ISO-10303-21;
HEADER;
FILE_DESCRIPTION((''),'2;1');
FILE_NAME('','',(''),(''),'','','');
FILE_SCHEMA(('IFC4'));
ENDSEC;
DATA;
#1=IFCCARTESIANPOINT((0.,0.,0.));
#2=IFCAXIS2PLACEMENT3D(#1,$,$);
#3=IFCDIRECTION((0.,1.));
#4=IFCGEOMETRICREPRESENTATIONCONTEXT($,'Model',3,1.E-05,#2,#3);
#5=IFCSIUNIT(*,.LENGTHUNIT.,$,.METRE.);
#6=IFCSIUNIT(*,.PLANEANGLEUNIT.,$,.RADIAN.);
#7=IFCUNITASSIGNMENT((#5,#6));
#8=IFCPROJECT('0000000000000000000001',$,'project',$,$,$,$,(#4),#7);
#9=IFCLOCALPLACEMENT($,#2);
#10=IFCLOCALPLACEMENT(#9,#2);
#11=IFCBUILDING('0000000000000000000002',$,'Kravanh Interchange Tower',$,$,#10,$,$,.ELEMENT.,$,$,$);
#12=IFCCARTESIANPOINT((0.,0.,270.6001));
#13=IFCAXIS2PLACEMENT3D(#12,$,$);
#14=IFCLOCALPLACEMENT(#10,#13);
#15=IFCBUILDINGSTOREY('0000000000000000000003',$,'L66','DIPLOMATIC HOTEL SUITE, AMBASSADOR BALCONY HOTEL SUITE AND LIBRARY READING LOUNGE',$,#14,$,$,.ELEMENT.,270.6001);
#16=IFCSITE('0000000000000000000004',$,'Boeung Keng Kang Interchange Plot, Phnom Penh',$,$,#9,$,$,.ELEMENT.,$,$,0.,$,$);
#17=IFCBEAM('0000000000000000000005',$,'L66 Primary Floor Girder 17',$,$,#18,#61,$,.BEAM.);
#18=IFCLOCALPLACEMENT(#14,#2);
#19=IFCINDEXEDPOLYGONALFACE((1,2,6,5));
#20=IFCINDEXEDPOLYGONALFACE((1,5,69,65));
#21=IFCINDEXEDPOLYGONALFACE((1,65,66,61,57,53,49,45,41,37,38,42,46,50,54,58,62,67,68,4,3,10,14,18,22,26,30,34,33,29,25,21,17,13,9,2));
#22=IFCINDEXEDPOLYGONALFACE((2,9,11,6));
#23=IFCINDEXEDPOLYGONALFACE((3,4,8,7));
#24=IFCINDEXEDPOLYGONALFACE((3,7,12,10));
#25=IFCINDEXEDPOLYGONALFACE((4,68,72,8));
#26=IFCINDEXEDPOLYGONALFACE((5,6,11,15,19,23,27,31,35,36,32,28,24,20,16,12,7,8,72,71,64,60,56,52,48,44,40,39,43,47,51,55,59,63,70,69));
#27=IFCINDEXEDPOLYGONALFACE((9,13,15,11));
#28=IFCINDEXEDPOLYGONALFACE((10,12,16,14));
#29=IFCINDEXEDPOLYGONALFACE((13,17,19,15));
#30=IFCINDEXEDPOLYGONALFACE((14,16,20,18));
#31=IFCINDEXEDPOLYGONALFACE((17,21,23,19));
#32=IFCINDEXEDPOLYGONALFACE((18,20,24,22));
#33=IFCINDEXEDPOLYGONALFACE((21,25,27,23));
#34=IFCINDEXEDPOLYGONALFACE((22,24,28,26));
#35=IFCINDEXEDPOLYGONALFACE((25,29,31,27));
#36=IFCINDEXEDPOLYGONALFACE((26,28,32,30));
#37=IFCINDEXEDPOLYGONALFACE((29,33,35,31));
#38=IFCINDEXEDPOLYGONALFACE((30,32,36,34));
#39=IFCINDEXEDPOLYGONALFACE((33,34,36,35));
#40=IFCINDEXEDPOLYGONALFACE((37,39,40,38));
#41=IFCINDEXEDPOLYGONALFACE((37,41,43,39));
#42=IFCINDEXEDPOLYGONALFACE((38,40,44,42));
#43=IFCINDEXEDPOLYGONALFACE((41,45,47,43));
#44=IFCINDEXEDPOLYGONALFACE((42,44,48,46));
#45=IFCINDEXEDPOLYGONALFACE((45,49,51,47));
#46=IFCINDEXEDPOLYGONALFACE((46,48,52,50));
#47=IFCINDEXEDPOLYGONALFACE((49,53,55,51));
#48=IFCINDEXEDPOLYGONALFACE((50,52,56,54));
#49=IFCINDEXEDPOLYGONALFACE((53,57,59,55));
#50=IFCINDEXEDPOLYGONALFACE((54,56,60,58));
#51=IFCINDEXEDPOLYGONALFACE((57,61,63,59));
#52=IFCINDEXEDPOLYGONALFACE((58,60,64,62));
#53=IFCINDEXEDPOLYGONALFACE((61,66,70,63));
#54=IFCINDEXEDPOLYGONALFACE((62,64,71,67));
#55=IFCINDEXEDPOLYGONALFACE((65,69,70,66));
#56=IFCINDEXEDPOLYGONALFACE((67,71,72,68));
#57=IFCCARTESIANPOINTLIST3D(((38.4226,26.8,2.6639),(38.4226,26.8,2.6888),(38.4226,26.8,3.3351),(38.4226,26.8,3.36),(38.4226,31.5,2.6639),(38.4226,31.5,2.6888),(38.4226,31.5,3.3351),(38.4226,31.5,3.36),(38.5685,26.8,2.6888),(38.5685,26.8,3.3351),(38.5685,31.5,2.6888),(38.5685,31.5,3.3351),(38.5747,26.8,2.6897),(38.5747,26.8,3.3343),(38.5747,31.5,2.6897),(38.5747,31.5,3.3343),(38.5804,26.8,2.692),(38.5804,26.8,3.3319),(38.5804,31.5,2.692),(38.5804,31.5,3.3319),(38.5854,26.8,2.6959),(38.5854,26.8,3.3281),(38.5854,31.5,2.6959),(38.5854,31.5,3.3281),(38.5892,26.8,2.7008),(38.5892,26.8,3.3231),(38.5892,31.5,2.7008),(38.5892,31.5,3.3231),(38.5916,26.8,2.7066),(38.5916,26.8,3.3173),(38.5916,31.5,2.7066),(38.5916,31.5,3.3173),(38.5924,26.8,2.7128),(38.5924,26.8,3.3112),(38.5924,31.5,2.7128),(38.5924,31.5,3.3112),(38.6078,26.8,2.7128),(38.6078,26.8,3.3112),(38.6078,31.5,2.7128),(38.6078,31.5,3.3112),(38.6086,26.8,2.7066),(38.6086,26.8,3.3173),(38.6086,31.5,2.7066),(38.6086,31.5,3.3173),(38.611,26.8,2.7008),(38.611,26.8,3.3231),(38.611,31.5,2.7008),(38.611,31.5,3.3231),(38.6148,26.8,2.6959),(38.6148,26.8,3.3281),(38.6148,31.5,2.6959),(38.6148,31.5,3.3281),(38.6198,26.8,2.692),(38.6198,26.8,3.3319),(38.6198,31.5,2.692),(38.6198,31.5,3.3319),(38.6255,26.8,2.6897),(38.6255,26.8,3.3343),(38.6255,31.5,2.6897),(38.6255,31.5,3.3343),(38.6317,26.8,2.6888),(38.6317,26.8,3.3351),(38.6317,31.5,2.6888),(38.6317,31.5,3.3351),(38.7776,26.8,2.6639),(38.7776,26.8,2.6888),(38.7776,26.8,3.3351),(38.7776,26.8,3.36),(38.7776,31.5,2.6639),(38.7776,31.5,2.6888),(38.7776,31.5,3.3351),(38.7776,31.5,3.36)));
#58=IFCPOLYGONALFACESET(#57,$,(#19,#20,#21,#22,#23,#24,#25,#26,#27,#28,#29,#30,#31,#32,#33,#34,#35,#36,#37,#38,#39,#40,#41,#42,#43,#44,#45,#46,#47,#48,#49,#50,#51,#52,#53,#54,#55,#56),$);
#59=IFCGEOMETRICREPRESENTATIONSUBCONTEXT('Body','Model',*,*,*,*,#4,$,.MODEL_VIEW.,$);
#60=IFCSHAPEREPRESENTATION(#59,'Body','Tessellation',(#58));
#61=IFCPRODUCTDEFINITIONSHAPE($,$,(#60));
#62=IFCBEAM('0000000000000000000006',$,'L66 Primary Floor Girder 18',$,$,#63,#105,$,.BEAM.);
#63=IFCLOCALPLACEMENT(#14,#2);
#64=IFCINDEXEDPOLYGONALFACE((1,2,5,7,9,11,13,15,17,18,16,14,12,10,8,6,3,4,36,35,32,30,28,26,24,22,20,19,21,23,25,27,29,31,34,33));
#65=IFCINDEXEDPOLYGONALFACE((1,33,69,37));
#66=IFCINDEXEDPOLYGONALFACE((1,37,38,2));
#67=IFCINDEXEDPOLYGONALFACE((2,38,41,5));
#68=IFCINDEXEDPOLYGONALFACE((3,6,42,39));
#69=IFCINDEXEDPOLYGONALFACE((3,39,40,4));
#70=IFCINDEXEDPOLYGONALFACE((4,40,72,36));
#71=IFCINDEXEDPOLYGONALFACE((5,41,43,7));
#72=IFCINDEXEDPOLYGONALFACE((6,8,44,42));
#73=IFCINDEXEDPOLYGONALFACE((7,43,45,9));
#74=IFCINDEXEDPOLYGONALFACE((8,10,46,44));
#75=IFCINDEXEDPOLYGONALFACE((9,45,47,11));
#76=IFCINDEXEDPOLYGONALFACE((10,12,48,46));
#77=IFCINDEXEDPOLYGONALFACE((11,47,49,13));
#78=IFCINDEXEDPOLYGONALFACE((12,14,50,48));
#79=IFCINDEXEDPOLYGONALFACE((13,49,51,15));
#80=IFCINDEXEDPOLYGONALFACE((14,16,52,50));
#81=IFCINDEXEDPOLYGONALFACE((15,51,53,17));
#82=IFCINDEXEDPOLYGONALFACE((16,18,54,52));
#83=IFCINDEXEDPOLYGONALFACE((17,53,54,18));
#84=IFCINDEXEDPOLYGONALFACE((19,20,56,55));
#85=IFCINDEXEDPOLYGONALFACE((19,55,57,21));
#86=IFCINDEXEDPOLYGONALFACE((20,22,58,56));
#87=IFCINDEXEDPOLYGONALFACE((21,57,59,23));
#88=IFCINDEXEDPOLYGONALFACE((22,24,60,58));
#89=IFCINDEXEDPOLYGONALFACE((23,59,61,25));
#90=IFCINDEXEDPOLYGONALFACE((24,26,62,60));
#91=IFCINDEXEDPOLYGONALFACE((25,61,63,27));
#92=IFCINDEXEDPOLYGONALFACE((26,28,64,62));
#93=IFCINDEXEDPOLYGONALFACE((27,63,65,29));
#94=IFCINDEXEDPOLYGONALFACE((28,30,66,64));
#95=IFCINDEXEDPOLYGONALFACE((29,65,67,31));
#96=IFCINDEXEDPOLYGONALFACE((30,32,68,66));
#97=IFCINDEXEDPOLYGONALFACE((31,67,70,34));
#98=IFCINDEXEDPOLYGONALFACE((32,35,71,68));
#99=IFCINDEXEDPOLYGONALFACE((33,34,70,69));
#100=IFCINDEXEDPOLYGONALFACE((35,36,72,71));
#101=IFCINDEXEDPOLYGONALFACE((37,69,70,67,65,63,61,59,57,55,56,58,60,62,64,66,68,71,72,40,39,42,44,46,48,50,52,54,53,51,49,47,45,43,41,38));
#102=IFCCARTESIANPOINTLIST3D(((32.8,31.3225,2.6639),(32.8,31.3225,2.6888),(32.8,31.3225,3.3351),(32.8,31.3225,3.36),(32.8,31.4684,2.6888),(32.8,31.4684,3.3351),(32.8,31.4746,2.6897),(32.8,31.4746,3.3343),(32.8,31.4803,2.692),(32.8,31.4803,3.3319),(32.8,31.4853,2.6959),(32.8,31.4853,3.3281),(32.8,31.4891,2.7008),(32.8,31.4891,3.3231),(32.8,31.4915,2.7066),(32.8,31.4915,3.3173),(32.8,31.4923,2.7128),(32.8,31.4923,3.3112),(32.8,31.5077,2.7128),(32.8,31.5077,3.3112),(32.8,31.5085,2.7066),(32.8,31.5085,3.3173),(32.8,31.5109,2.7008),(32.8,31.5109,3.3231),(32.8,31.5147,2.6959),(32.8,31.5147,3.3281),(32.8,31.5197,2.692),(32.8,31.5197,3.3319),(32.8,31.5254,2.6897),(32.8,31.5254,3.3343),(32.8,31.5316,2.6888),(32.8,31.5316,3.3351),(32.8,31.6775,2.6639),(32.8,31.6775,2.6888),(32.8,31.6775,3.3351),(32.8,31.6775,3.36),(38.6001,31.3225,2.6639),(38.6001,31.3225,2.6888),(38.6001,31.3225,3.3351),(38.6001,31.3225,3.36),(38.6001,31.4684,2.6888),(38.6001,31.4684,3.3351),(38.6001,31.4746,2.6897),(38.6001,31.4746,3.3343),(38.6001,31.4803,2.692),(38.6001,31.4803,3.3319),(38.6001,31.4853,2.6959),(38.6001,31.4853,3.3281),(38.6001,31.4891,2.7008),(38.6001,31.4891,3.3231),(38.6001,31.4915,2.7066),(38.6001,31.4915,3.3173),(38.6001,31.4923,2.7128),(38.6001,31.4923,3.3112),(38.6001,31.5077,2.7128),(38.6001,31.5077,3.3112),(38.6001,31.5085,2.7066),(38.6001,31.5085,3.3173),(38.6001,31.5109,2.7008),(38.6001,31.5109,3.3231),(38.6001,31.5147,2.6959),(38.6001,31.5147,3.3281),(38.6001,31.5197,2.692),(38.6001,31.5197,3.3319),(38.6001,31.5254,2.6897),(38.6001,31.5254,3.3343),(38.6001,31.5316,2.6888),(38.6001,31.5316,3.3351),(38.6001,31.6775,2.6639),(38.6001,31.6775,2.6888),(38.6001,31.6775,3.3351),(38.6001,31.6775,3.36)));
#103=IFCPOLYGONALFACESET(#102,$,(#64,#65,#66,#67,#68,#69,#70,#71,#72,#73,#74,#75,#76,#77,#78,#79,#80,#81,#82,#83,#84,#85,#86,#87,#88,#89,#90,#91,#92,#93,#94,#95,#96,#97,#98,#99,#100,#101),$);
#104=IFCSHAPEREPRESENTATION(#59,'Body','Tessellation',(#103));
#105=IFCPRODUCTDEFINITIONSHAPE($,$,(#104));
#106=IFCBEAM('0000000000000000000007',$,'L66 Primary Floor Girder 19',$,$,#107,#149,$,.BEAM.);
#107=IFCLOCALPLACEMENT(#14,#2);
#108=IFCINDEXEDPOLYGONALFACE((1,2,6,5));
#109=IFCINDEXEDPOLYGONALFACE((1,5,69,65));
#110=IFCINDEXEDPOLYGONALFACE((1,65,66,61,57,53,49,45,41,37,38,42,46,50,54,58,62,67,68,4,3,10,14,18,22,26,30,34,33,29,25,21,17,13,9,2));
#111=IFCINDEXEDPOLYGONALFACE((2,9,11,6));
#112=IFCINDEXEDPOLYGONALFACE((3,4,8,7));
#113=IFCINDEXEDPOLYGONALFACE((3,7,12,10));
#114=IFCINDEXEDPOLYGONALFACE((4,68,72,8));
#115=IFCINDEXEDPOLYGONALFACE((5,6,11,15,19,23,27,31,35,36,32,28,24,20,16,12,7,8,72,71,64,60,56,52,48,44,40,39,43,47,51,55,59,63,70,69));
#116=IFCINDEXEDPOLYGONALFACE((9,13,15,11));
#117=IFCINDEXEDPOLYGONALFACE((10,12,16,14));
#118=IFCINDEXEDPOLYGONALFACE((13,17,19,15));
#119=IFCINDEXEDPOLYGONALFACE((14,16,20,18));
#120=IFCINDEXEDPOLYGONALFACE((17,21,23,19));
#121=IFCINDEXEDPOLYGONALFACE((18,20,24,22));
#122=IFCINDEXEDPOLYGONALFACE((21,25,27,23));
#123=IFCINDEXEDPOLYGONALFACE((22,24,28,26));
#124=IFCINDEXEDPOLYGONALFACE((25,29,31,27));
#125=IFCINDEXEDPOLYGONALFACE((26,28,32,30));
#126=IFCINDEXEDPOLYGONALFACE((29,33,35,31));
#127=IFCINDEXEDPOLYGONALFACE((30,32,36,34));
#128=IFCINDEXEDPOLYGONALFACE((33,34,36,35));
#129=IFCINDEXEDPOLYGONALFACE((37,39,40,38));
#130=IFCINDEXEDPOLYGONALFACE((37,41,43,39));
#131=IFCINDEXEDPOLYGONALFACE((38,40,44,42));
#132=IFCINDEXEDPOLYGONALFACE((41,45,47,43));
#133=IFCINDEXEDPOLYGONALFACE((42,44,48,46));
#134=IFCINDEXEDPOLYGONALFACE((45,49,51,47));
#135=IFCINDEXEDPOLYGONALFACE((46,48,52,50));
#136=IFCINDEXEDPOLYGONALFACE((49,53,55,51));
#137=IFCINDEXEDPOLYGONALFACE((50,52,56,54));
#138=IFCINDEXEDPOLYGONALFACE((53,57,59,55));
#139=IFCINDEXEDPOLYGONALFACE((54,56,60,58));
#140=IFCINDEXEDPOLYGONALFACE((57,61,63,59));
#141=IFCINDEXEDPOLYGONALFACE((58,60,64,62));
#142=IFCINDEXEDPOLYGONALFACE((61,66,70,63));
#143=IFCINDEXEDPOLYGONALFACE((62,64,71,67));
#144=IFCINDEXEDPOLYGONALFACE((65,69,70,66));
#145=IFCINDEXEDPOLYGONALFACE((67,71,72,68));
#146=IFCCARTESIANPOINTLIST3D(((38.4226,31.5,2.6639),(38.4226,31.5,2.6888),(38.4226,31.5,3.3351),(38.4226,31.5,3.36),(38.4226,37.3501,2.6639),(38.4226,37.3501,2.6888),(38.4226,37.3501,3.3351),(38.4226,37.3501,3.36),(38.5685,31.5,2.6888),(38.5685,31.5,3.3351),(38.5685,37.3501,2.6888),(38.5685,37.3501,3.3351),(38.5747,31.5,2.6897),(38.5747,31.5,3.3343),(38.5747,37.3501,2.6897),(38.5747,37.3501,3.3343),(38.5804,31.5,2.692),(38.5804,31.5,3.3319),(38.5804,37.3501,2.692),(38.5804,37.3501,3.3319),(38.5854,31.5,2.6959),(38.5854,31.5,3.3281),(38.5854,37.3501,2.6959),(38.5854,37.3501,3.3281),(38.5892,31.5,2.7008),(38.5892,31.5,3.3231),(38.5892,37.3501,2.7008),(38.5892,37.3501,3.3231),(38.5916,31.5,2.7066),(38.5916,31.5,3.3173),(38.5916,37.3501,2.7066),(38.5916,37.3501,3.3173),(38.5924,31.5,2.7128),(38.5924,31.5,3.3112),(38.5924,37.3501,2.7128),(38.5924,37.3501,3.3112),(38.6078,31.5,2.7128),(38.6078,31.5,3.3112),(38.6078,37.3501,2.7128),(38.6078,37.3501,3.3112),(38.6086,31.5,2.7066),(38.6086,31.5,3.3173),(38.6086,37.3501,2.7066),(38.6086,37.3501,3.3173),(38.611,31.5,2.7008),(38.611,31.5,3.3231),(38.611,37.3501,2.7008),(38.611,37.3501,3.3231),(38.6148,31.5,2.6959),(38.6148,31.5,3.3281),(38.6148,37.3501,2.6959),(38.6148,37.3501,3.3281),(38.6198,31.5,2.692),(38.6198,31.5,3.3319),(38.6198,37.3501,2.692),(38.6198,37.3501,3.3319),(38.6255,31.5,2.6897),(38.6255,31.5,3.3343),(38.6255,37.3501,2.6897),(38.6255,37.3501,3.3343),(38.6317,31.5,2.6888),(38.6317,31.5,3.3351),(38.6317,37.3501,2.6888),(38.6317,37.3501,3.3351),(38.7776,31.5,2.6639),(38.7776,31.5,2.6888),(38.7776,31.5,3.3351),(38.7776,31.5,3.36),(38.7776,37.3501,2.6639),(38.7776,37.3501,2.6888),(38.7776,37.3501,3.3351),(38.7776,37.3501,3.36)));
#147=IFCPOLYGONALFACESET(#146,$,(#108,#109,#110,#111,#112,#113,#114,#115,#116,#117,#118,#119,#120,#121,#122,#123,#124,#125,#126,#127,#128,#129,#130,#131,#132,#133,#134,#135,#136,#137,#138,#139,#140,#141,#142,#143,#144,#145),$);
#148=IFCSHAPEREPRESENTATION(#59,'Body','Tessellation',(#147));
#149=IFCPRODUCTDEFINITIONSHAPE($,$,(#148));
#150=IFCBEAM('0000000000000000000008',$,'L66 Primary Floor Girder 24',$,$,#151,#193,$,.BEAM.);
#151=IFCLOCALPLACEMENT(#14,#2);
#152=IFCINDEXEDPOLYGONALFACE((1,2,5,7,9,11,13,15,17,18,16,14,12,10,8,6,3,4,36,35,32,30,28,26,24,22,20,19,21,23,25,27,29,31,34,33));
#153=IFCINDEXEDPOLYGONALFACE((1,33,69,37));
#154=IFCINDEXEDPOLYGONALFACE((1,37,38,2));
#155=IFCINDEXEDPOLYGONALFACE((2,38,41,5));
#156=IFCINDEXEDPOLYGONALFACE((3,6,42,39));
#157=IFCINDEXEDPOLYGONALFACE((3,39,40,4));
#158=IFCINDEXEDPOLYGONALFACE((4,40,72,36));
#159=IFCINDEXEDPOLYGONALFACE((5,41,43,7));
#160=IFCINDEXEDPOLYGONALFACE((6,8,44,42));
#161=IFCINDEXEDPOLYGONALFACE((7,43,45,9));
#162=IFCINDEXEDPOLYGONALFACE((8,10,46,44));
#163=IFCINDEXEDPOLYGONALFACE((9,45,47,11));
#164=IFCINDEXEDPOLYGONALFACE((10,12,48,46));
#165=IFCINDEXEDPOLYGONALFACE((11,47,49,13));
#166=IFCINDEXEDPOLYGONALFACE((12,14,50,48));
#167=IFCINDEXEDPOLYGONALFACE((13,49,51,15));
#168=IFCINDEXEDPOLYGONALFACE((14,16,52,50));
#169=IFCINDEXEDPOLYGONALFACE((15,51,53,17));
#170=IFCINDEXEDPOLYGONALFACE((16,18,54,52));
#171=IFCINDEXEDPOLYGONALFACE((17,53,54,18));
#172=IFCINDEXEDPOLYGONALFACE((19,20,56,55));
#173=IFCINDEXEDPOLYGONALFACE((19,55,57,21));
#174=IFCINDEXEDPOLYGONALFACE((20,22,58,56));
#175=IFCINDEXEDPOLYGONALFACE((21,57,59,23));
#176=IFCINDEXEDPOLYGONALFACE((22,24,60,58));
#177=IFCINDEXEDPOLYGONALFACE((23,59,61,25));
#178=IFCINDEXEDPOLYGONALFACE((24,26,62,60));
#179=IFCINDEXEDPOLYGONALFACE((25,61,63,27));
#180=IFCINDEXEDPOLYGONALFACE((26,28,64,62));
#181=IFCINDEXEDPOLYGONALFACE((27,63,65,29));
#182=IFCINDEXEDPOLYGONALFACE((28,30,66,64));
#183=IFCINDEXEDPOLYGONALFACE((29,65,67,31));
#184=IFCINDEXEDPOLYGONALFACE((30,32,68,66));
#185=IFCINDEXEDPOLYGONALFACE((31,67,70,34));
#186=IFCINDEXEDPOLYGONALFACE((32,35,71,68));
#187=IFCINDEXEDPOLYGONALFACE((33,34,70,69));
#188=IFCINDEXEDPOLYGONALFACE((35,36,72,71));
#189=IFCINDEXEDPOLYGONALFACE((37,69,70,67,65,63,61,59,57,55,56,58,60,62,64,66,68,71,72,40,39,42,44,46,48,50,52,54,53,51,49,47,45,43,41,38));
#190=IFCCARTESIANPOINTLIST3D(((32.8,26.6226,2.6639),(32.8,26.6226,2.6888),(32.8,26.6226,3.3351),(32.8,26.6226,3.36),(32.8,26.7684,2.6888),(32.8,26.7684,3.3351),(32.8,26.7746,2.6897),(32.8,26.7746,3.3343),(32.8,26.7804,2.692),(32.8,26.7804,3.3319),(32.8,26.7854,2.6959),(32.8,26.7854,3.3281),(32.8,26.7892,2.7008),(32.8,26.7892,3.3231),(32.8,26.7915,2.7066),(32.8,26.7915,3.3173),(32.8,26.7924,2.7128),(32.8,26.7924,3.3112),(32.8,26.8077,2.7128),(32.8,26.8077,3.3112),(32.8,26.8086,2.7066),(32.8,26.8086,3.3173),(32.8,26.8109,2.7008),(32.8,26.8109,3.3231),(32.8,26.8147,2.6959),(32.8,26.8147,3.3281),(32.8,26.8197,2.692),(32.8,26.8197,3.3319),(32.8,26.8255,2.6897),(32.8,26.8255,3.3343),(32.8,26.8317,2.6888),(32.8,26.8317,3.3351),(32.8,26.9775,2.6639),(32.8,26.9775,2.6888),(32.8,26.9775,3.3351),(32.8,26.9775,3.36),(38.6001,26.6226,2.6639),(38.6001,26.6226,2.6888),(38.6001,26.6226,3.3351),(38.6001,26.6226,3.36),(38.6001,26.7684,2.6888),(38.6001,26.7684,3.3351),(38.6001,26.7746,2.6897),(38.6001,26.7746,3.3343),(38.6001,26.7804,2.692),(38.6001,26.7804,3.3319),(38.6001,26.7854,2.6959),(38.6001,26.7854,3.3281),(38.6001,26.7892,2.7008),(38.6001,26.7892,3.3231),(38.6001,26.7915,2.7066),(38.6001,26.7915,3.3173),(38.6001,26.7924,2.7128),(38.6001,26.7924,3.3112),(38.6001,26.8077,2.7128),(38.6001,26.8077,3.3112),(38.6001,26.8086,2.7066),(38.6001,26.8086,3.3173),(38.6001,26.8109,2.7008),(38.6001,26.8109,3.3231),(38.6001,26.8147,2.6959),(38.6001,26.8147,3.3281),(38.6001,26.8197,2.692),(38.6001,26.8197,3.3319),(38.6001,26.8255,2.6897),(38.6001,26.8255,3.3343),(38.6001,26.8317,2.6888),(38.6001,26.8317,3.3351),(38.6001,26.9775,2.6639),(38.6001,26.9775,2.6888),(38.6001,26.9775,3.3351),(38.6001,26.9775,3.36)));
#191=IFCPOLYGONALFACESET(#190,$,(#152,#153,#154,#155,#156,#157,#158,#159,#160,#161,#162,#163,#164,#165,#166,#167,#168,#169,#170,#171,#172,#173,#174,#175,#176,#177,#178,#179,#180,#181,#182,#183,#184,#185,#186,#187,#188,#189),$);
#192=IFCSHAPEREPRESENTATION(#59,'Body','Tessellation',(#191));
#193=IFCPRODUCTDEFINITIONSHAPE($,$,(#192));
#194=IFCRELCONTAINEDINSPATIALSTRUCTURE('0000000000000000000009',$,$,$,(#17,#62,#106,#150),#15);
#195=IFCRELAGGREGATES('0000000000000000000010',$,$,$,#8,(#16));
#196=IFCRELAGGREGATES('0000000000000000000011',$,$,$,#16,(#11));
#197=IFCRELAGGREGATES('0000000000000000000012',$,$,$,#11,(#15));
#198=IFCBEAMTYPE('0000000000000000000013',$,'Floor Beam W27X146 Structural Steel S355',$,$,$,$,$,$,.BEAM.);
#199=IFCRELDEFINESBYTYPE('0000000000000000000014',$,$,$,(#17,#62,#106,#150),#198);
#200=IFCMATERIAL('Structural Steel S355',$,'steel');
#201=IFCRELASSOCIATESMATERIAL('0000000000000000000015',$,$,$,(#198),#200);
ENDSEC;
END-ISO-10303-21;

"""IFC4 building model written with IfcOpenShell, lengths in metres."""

from ifc_helpers import new_model, si_unit, direction, frame, origin, origin_2d, place, context, subcontext, project, spatial, i_section, extrude, material, material_profile, profile_set, type_object, element, save


model = new_model("IFC4")

# Units and contexts
model_context = context("Model", 3, precision=1e-05, world=origin(), true_north=direction((0.0, 1.0)))
body_context = subcontext(model_context, "Body", "Model", "MODEL_VIEW")
ifc_project = project(units=[si_unit("LENGTHUNIT", "METRE"), si_unit("PLANEANGLEUNIT", "RADIAN")], contexts=[model_context])

# Site, building, storey
site_placement = place(None, origin())
site = spatial("IfcSite", under=ifc_project, at=site_placement, Name="Boeung Keng Kang Interchange Plot, Phnom Penh", CompositionType="ELEMENT", RefElevation=0.0)
building_placement = place(site_placement, origin())
building = spatial("IfcBuilding", under=site, at=building_placement, Name="Kravanh Interchange Tower", CompositionType="ELEMENT")
storey_placement = place(building_placement, frame((0.0, 0.0, 270.6001)))
storey = spatial("IfcBuildingStorey", under=building, at=storey_placement, Name="L66", Description="DIPLOMATIC HOTEL SUITE, AMBASSADOR BALCONY HOTEL SUITE AND LIBRARY READING LOUNGE", CompositionType="ELEMENT", Elevation=270.6001)

# Beams
ifc_material_1 = material(Name="Structural Steel S355", Category="steel")
ifc_material_profile_1 = material_profile(ifc_material_1, i_section(OverallWidth=0.355, OverallDepth=0.696, WebThickness=0.0154, FlangeThickness=0.0249, FilletRadius=0.0239, at=origin_2d()), Name="W27X146")
ifc_profile_set_1 = profile_set([ifc_material_profile_1], Name="Structural Steel S355")
beam_type_1 = type_object("IfcBeamType", Name="Floor Beam W27X146 Structural Steel S355", PredefinedType="BEAM", material=ifc_profile_set_1)
beam_1_placement = place(storey_placement, frame((38.6001, 31.5, 3.012), z_axis=(0.0, -1.0, 0.0), x_axis=(1.0, 0.0, 0.0)))
element("IfcBeam", 1, at=beam_1_placement, inside=storey, type_object=beam_type_1, Name="L66 Primary Floor Girder 17", PredefinedType="BEAM", context=body_context, shape_type="SweptSolid", body=[
    extrude(i_section(OverallWidth=0.355, OverallDepth=0.696, WebThickness=0.0154, FlangeThickness=0.0249, FilletRadius=0.0239, at=origin_2d()), origin(), (0.0, 0.0, 1.0), 4.7),
])
beam_2_placement = place(storey_placement, frame((38.6001, 31.5, 3.012), z_axis=(-1.0, 0.0, 0.0), x_axis=(0.0, -1.0, 0.0)))
element("IfcBeam", 2, at=beam_2_placement, inside=storey, type_object=beam_type_1, Name="L66 Primary Floor Girder 18", PredefinedType="BEAM", context=body_context, shape_type="SweptSolid", body=[
    extrude(i_section(OverallWidth=0.355, OverallDepth=0.696, WebThickness=0.0154, FlangeThickness=0.0249, FilletRadius=0.0239, at=origin_2d()), origin(), (0.0, 0.0, 1.0), 5.8),
])
beam_3_placement = place(storey_placement, frame((38.6001, 31.5, 3.012), z_axis=(0.0, 1.0, 0.0), x_axis=(-1.0, 0.0, 0.0)))
element("IfcBeam", 3, at=beam_3_placement, inside=storey, type_object=beam_type_1, Name="L66 Primary Floor Girder 19", PredefinedType="BEAM", context=body_context, shape_type="SweptSolid", body=[
    extrude(i_section(OverallWidth=0.355, OverallDepth=0.696, WebThickness=0.0154, FlangeThickness=0.0249, FilletRadius=0.0239, at=origin_2d()), origin(), (0.0, 0.0, 1.0), 5.8501),
])
beam_4_placement = place(storey_placement, frame((38.6001, 26.8, 3.012), z_axis=(-1.0, 0.0, 0.0), x_axis=(0.0, -1.0, 0.0)))
element("IfcBeam", 4, at=beam_4_placement, inside=storey, type_object=beam_type_1, Name="L66 Primary Floor Girder 24", PredefinedType="BEAM", context=body_context, shape_type="SweptSolid", body=[
    extrude(i_section(OverallWidth=0.355, OverallDepth=0.696, WebThickness=0.0154, FlangeThickness=0.0249, FilletRadius=0.0239, at=origin_2d()), origin(), (0.0, 0.0, 1.0), 5.8),
])

save(model, "model.ifc")
